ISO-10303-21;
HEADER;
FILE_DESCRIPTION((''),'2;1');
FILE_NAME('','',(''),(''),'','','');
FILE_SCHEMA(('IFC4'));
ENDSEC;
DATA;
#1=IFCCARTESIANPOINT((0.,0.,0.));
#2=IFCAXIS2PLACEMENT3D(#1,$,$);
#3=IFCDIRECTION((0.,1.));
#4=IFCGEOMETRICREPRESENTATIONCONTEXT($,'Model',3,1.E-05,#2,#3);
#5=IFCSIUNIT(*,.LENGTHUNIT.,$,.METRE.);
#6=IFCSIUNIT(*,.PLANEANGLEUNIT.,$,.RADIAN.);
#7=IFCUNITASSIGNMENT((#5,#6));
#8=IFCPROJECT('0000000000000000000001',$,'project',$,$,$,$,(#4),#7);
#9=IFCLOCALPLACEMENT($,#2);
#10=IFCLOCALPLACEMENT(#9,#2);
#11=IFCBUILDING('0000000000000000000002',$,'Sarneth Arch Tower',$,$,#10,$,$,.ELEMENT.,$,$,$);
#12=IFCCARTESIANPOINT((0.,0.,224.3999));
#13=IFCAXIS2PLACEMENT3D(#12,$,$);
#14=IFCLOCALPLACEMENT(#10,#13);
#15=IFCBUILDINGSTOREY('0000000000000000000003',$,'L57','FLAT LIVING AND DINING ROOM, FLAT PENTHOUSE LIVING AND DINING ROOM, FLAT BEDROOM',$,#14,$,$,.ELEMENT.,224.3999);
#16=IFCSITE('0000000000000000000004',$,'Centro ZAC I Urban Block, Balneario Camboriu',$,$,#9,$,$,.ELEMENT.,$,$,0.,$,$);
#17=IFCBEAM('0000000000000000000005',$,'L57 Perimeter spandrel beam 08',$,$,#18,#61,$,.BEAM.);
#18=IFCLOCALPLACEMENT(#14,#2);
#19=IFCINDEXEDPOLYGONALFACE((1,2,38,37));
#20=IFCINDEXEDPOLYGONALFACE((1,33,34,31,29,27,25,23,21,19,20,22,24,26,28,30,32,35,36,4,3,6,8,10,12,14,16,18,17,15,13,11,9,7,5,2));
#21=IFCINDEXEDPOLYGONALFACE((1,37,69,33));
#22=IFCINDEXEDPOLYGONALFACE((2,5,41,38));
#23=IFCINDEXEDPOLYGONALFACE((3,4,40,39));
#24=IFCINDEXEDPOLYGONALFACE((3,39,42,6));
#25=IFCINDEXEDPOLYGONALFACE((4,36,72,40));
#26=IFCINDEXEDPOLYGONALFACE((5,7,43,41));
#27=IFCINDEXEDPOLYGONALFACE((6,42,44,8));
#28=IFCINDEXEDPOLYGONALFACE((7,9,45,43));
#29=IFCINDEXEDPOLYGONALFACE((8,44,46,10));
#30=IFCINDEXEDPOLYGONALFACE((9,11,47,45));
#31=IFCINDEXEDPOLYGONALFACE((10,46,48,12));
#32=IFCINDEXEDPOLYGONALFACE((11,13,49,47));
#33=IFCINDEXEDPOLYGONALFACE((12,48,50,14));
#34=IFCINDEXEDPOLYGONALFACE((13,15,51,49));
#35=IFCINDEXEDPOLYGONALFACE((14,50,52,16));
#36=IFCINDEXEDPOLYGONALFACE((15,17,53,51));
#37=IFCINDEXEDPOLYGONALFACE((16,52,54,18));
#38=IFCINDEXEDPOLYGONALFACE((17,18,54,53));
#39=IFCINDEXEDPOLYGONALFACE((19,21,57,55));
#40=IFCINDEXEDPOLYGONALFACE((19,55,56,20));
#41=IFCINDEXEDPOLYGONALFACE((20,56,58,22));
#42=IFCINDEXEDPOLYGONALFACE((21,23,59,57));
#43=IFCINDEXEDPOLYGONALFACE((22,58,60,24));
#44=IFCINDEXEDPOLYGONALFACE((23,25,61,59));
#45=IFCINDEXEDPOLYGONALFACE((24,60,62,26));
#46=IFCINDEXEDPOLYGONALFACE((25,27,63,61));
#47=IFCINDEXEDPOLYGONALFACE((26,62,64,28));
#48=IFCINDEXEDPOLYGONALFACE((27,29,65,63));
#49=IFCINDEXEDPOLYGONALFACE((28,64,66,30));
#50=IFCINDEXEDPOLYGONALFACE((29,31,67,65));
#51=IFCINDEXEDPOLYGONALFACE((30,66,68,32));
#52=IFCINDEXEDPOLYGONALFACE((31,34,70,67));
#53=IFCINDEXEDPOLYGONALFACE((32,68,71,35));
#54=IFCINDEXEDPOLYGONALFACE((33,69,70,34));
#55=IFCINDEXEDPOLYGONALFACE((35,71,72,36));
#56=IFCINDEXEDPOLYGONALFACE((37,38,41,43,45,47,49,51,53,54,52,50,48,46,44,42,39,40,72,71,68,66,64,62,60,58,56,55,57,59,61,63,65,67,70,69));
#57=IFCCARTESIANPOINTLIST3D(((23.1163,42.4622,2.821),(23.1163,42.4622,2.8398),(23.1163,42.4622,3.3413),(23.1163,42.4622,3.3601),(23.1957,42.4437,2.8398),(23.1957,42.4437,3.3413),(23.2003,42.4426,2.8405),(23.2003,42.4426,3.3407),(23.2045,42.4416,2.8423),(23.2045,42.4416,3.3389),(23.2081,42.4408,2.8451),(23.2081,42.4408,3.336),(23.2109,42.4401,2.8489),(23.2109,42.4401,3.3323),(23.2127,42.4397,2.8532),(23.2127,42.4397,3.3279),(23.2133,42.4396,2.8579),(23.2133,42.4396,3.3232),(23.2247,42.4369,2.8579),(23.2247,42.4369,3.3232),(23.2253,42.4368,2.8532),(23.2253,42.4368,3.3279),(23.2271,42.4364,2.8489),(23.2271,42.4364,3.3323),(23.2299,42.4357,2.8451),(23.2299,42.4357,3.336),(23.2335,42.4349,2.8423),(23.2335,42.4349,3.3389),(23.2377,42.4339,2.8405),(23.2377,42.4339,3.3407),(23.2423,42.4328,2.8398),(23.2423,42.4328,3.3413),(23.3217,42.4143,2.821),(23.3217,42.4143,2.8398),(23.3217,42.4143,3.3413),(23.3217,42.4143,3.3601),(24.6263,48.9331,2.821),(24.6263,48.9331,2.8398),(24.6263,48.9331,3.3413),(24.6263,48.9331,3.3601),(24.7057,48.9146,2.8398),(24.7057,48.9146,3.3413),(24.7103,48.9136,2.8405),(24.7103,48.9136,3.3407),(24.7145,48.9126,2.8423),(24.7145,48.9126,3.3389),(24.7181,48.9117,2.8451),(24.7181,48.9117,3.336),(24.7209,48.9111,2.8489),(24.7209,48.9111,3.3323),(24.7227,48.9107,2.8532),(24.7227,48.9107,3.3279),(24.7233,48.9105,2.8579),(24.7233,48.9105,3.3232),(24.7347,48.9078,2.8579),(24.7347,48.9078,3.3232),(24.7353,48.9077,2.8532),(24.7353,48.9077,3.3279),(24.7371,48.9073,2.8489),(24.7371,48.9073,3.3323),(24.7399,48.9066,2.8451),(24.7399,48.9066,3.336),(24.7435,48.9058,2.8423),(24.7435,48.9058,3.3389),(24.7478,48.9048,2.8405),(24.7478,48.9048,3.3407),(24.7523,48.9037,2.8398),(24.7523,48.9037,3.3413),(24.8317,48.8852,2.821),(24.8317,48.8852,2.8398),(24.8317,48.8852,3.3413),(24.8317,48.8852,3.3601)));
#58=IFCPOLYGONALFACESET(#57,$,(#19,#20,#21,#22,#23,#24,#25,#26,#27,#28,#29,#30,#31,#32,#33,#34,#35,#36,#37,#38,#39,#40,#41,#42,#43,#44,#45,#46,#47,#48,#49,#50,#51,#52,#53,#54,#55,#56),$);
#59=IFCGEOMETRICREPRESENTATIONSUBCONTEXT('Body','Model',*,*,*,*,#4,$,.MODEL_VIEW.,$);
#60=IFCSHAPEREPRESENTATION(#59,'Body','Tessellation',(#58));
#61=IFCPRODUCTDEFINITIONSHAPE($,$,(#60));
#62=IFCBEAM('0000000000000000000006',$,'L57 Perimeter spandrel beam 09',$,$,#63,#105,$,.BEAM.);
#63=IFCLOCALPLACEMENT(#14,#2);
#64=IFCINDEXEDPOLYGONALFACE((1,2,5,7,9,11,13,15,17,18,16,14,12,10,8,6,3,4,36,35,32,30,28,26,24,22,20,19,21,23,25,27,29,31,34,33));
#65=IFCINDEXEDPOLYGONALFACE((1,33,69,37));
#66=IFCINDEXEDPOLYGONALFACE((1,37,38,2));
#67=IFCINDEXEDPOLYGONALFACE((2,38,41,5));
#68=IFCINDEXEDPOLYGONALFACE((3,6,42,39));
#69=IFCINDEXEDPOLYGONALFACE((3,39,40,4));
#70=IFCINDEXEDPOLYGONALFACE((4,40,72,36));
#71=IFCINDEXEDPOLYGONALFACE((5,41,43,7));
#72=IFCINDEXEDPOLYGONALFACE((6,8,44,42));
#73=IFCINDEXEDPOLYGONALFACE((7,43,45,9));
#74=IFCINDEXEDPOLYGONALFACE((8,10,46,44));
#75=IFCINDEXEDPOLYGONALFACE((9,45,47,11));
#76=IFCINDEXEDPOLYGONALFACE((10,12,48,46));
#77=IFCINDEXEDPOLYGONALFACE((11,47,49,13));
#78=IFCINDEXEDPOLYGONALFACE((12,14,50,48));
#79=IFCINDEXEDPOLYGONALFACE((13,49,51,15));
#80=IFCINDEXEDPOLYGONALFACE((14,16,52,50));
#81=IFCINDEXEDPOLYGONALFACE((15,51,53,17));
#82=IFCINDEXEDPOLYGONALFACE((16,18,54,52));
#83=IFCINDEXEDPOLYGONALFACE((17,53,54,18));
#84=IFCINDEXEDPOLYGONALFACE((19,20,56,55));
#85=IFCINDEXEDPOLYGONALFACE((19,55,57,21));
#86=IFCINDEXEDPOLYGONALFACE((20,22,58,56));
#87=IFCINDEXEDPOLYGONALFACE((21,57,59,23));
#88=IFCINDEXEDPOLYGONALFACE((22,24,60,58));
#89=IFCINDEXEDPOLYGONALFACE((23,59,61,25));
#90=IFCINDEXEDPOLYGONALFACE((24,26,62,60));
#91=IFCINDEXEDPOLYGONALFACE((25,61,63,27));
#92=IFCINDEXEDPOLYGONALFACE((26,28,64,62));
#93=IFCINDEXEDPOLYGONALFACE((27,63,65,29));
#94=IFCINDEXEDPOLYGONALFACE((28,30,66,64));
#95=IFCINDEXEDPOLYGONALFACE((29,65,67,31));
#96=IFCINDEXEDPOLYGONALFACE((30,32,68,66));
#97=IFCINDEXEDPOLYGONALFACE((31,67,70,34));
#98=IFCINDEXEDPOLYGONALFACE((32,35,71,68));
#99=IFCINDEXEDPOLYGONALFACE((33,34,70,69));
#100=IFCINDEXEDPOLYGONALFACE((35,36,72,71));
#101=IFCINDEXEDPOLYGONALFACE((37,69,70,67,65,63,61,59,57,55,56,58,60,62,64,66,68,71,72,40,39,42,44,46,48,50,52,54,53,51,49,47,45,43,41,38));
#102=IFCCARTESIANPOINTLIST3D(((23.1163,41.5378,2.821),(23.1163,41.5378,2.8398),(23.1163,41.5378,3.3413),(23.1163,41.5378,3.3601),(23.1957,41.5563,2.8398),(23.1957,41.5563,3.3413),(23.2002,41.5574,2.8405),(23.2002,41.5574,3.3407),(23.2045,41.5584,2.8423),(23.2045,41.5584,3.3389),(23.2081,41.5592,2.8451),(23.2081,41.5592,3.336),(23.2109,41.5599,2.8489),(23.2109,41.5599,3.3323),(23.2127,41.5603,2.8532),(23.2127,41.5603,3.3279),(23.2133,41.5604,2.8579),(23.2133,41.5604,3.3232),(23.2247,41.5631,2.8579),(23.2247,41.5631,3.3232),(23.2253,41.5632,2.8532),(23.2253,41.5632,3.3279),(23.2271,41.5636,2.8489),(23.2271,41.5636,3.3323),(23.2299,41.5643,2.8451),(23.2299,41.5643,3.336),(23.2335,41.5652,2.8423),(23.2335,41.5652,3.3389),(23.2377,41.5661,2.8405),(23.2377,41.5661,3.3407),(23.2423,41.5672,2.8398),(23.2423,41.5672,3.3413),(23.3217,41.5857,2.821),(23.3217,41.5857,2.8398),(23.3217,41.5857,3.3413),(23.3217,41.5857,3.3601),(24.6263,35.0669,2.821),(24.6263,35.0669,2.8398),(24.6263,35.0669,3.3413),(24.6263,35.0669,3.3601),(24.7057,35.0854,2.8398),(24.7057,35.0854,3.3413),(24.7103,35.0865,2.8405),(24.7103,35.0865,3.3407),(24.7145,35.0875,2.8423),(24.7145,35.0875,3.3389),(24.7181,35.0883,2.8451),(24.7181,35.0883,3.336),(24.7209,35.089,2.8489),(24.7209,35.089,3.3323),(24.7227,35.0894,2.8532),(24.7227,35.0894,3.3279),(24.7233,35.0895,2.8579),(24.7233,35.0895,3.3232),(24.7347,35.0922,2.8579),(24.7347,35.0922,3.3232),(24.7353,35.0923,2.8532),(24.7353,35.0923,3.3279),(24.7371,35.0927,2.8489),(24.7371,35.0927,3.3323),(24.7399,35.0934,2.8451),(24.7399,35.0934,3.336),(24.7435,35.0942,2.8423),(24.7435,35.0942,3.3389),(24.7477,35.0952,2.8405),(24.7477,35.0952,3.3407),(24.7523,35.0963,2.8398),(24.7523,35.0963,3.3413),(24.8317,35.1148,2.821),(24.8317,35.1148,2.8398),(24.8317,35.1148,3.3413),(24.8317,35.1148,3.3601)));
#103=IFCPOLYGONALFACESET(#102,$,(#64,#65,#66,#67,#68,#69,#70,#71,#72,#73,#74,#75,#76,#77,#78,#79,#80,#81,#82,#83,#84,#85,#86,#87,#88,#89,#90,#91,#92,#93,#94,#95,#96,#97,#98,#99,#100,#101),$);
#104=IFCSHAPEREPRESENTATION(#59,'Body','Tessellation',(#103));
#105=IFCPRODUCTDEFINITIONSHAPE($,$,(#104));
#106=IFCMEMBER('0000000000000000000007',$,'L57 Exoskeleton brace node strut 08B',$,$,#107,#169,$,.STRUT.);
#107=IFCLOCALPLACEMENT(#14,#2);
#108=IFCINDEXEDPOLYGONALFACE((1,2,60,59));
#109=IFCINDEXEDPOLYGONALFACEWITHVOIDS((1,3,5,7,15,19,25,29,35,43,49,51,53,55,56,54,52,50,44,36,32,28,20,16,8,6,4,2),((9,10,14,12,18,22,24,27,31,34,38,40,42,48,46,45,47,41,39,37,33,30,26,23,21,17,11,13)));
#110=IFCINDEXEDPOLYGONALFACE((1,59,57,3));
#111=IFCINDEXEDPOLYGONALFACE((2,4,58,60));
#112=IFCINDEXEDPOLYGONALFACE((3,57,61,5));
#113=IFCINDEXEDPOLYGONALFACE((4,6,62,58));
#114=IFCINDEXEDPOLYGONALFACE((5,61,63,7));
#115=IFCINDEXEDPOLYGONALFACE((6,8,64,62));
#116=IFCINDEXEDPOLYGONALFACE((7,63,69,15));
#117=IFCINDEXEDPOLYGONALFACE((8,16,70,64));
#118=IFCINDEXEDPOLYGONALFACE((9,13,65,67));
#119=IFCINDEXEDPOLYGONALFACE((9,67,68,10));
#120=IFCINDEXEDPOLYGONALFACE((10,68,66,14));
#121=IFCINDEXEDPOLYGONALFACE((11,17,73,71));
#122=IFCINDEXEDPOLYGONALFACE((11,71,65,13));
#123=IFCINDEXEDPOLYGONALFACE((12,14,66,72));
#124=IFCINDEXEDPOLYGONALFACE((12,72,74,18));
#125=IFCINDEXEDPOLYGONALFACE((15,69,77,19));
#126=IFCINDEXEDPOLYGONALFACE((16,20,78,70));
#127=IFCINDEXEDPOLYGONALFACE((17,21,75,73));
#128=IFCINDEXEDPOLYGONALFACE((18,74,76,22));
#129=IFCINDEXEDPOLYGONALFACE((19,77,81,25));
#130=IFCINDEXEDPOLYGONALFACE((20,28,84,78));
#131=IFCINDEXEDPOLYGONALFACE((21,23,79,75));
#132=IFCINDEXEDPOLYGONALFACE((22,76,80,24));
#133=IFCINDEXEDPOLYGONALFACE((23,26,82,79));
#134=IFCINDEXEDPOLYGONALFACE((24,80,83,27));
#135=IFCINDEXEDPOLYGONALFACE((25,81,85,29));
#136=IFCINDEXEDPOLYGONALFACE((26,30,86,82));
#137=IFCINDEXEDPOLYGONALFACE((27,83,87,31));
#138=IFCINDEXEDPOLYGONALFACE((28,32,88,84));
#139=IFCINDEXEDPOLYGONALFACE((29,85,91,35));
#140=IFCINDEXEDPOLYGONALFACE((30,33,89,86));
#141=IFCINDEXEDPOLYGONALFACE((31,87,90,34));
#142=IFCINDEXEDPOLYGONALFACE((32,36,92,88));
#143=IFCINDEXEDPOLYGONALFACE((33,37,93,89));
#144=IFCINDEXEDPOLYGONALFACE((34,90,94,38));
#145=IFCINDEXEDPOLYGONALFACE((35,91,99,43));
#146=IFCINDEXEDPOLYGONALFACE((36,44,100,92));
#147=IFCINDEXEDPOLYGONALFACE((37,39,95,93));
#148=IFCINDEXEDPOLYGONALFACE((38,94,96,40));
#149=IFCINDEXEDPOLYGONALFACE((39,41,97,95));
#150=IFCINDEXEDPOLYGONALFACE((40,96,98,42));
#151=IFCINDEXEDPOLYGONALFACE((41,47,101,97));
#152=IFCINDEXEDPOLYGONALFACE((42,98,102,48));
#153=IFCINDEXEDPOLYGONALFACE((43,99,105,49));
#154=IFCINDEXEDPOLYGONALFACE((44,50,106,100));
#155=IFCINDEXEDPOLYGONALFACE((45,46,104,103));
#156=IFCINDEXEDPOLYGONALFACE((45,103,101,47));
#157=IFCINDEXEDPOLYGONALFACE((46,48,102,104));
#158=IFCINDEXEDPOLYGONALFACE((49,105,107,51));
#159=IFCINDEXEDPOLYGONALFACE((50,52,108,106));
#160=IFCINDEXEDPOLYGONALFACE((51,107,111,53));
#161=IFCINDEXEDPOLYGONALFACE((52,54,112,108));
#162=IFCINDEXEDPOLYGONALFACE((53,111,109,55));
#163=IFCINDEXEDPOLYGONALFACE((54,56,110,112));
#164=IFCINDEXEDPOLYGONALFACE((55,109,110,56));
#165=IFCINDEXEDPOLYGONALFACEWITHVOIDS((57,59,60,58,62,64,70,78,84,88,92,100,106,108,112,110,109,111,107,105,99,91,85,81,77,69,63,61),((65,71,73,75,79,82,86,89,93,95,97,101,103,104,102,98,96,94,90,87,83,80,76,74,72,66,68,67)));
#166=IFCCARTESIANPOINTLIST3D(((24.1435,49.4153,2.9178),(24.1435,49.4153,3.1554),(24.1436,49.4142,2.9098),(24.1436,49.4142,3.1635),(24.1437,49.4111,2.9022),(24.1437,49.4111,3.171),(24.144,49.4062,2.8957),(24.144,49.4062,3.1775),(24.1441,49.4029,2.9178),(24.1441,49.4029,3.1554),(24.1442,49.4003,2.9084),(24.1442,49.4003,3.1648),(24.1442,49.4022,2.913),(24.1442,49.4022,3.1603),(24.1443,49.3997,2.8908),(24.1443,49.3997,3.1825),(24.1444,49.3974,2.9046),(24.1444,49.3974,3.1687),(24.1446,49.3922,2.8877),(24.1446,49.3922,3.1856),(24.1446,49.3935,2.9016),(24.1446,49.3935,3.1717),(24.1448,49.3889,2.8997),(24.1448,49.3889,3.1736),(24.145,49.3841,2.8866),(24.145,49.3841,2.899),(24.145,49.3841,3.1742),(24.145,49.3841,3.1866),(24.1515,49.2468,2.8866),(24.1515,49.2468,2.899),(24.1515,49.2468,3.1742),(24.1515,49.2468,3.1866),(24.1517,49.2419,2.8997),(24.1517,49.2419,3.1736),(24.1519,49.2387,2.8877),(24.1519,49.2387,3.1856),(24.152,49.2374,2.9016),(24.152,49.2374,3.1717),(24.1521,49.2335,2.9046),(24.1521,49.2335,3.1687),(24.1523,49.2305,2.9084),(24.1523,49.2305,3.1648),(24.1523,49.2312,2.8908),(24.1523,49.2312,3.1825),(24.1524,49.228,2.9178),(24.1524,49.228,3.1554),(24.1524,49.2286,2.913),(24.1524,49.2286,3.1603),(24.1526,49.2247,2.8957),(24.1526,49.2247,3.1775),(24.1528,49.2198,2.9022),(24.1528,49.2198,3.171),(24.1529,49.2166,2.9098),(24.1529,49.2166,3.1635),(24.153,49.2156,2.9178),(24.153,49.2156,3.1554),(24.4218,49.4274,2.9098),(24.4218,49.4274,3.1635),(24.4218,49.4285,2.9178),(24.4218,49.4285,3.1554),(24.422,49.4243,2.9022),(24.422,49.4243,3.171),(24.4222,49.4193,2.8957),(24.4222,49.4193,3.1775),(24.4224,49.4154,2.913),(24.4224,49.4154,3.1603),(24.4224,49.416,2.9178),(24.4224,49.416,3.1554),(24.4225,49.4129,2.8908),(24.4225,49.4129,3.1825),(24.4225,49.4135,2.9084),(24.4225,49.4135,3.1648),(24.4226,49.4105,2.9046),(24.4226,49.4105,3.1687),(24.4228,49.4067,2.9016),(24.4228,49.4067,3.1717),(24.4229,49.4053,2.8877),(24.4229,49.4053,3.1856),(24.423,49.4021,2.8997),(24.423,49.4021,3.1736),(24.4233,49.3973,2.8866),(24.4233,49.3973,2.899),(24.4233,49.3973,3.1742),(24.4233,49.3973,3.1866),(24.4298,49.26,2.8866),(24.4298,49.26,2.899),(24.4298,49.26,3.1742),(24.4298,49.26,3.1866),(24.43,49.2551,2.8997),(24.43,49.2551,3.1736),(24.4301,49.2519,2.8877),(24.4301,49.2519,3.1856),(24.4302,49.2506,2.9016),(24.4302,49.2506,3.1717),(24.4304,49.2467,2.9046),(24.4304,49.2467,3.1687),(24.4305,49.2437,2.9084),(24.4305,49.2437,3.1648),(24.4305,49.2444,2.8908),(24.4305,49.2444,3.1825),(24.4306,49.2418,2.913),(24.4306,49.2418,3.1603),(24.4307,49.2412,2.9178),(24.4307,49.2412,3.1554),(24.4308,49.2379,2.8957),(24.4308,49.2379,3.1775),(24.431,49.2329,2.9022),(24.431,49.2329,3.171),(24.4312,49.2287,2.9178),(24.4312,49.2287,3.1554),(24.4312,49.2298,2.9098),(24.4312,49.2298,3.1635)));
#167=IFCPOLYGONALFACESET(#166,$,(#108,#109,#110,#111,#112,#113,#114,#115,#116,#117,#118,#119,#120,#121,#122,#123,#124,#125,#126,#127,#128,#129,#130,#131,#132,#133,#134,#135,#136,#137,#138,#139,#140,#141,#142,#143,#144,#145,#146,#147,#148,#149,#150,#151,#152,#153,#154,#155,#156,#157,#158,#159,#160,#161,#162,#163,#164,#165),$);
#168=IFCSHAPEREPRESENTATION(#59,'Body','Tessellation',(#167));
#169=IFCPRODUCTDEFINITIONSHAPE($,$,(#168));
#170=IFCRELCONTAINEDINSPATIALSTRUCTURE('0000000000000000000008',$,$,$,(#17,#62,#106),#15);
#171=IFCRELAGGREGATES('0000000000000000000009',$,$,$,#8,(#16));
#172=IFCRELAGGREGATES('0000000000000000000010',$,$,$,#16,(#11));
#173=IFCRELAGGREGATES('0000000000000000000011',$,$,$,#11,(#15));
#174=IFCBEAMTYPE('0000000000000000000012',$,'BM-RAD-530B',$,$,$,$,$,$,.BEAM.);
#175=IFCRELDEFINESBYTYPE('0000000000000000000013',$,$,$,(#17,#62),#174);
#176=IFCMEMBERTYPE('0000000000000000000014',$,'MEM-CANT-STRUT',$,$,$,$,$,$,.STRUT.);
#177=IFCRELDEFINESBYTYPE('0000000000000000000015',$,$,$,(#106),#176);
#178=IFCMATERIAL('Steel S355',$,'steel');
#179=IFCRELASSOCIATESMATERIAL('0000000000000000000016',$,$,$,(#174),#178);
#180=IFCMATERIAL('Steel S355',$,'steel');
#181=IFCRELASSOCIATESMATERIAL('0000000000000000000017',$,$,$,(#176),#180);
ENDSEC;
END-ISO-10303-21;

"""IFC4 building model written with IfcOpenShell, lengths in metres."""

from ifc_helpers import new_model, si_unit, direction, frame, origin, origin_2d, place, context, subcontext, project, spatial, hollow_rectangle, i_section, extrude, material, material_profile, profile_set, type_object, element, save


model = new_model("IFC4")

# Units and contexts
model_context = context("Model", 3, precision=1e-05, world=origin(), true_north=direction((0.0, 1.0)))
body_context = subcontext(model_context, "Body", "Model", "MODEL_VIEW")
ifc_project = project(units=[si_unit("LENGTHUNIT", "METRE"), si_unit("PLANEANGLEUNIT", "RADIAN")], contexts=[model_context])

# Site, building, storey
site_placement = place(None, origin())
site = spatial("IfcSite", under=ifc_project, at=site_placement, Name="Centro ZAC I Urban Block, Balneario Camboriu", CompositionType="ELEMENT", RefElevation=0.0)
building_placement = place(site_placement, origin())
building = spatial("IfcBuilding", under=site, at=building_placement, Name="Sarneth Arch Tower", CompositionType="ELEMENT")
storey_placement = place(building_placement, frame((0.0, 0.0, 224.3999)))
storey = spatial("IfcBuildingStorey", under=building, at=storey_placement, Name="L57", Description="FLAT LIVING AND DINING ROOM, FLAT PENTHOUSE LIVING AND DINING ROOM, FLAT BEDROOM", CompositionType="ELEMENT", Elevation=224.3999)

# Beams
ifc_material_1 = material(Name="Steel S355", Category="steel")
ifc_material_profile_1 = material_profile(ifc_material_1, i_section(OverallWidth=0.2109, OverallDepth=0.5391, WebThickness=0.0117, FlangeThickness=0.0188, FilletRadius=0.0181, at=origin_2d()), Name="W530x109")
ifc_profile_set_1 = profile_set([ifc_material_profile_1], Name="Steel S355")
beam_type_1 = type_object("IfcBeamType", Name="BM-RAD-530B", PredefinedType="BEAM", material=ifc_profile_set_1)
for number, where, z_axis, x_axis, name in (
    (1, (24.729, 48.9092, 3.0906), (-0.227247, -0.973837, 0.0), (0.973837, -0.227247, 0.0), "L57 Perimeter spandrel beam 08"),
    (2, (23.219, 41.5618, 3.0906), (0.227247, -0.973837, 0.0), (0.973837, 0.227247, 0.0), "L57 Perimeter spandrel beam 09"),
):
    element("IfcBeam", number, at=place(storey_placement, frame(where, z_axis=z_axis, x_axis=x_axis)), inside=storey, type_object=beam_type_1, Name=name, PredefinedType="BEAM", context=body_context, shape_type="SweptSolid", body=[
        extrude(i_section(OverallWidth=0.2109, OverallDepth=0.5391, WebThickness=0.0117, FlangeThickness=0.0188, FilletRadius=0.0181, at=origin_2d()), origin(), (0.0, 0.0, 1.0), 6.6448),
    ])

# Member
ifc_material_2 = material(Name="Steel S355", Category="steel")
ifc_material_profile_2 = material_profile(ifc_material_2, hollow_rectangle(XDim=0.2, YDim=0.3, WallThickness=0.0125, InnerFilletRadius=0.0188, OuterFilletRadius=0.0312, at=origin_2d()), Name="RHS300x200x12.5")
ifc_profile_set_2 = profile_set([ifc_material_profile_2], Name="Steel S355")
member_type_1 = type_object("IfcMemberType", Name="MEM-CANT-STRUT", PredefinedType="STRUT", material=ifc_profile_set_2)
member_1_placement = place(storey_placement, frame((24.4265, 49.3286, 3.0366), z_axis=(-0.99888, -0.047315, 0.0), x_axis=(0.047315, -0.99888, 0.0)))
element("IfcMember", 3, at=member_1_placement, inside=storey, type_object=member_type_1, Name="L57 Exoskeleton brace node strut 08B", PredefinedType="STRUT", context=body_context, shape_type="SweptSolid", body=[
    extrude(hollow_rectangle(XDim=0.2, YDim=0.3, WallThickness=0.0125, InnerFilletRadius=0.0188, OuterFilletRadius=0.0312, at=origin_2d()), origin(), (0.0, 0.0, 1.0), 0.2786),
])

save(model, "model.ifc")
